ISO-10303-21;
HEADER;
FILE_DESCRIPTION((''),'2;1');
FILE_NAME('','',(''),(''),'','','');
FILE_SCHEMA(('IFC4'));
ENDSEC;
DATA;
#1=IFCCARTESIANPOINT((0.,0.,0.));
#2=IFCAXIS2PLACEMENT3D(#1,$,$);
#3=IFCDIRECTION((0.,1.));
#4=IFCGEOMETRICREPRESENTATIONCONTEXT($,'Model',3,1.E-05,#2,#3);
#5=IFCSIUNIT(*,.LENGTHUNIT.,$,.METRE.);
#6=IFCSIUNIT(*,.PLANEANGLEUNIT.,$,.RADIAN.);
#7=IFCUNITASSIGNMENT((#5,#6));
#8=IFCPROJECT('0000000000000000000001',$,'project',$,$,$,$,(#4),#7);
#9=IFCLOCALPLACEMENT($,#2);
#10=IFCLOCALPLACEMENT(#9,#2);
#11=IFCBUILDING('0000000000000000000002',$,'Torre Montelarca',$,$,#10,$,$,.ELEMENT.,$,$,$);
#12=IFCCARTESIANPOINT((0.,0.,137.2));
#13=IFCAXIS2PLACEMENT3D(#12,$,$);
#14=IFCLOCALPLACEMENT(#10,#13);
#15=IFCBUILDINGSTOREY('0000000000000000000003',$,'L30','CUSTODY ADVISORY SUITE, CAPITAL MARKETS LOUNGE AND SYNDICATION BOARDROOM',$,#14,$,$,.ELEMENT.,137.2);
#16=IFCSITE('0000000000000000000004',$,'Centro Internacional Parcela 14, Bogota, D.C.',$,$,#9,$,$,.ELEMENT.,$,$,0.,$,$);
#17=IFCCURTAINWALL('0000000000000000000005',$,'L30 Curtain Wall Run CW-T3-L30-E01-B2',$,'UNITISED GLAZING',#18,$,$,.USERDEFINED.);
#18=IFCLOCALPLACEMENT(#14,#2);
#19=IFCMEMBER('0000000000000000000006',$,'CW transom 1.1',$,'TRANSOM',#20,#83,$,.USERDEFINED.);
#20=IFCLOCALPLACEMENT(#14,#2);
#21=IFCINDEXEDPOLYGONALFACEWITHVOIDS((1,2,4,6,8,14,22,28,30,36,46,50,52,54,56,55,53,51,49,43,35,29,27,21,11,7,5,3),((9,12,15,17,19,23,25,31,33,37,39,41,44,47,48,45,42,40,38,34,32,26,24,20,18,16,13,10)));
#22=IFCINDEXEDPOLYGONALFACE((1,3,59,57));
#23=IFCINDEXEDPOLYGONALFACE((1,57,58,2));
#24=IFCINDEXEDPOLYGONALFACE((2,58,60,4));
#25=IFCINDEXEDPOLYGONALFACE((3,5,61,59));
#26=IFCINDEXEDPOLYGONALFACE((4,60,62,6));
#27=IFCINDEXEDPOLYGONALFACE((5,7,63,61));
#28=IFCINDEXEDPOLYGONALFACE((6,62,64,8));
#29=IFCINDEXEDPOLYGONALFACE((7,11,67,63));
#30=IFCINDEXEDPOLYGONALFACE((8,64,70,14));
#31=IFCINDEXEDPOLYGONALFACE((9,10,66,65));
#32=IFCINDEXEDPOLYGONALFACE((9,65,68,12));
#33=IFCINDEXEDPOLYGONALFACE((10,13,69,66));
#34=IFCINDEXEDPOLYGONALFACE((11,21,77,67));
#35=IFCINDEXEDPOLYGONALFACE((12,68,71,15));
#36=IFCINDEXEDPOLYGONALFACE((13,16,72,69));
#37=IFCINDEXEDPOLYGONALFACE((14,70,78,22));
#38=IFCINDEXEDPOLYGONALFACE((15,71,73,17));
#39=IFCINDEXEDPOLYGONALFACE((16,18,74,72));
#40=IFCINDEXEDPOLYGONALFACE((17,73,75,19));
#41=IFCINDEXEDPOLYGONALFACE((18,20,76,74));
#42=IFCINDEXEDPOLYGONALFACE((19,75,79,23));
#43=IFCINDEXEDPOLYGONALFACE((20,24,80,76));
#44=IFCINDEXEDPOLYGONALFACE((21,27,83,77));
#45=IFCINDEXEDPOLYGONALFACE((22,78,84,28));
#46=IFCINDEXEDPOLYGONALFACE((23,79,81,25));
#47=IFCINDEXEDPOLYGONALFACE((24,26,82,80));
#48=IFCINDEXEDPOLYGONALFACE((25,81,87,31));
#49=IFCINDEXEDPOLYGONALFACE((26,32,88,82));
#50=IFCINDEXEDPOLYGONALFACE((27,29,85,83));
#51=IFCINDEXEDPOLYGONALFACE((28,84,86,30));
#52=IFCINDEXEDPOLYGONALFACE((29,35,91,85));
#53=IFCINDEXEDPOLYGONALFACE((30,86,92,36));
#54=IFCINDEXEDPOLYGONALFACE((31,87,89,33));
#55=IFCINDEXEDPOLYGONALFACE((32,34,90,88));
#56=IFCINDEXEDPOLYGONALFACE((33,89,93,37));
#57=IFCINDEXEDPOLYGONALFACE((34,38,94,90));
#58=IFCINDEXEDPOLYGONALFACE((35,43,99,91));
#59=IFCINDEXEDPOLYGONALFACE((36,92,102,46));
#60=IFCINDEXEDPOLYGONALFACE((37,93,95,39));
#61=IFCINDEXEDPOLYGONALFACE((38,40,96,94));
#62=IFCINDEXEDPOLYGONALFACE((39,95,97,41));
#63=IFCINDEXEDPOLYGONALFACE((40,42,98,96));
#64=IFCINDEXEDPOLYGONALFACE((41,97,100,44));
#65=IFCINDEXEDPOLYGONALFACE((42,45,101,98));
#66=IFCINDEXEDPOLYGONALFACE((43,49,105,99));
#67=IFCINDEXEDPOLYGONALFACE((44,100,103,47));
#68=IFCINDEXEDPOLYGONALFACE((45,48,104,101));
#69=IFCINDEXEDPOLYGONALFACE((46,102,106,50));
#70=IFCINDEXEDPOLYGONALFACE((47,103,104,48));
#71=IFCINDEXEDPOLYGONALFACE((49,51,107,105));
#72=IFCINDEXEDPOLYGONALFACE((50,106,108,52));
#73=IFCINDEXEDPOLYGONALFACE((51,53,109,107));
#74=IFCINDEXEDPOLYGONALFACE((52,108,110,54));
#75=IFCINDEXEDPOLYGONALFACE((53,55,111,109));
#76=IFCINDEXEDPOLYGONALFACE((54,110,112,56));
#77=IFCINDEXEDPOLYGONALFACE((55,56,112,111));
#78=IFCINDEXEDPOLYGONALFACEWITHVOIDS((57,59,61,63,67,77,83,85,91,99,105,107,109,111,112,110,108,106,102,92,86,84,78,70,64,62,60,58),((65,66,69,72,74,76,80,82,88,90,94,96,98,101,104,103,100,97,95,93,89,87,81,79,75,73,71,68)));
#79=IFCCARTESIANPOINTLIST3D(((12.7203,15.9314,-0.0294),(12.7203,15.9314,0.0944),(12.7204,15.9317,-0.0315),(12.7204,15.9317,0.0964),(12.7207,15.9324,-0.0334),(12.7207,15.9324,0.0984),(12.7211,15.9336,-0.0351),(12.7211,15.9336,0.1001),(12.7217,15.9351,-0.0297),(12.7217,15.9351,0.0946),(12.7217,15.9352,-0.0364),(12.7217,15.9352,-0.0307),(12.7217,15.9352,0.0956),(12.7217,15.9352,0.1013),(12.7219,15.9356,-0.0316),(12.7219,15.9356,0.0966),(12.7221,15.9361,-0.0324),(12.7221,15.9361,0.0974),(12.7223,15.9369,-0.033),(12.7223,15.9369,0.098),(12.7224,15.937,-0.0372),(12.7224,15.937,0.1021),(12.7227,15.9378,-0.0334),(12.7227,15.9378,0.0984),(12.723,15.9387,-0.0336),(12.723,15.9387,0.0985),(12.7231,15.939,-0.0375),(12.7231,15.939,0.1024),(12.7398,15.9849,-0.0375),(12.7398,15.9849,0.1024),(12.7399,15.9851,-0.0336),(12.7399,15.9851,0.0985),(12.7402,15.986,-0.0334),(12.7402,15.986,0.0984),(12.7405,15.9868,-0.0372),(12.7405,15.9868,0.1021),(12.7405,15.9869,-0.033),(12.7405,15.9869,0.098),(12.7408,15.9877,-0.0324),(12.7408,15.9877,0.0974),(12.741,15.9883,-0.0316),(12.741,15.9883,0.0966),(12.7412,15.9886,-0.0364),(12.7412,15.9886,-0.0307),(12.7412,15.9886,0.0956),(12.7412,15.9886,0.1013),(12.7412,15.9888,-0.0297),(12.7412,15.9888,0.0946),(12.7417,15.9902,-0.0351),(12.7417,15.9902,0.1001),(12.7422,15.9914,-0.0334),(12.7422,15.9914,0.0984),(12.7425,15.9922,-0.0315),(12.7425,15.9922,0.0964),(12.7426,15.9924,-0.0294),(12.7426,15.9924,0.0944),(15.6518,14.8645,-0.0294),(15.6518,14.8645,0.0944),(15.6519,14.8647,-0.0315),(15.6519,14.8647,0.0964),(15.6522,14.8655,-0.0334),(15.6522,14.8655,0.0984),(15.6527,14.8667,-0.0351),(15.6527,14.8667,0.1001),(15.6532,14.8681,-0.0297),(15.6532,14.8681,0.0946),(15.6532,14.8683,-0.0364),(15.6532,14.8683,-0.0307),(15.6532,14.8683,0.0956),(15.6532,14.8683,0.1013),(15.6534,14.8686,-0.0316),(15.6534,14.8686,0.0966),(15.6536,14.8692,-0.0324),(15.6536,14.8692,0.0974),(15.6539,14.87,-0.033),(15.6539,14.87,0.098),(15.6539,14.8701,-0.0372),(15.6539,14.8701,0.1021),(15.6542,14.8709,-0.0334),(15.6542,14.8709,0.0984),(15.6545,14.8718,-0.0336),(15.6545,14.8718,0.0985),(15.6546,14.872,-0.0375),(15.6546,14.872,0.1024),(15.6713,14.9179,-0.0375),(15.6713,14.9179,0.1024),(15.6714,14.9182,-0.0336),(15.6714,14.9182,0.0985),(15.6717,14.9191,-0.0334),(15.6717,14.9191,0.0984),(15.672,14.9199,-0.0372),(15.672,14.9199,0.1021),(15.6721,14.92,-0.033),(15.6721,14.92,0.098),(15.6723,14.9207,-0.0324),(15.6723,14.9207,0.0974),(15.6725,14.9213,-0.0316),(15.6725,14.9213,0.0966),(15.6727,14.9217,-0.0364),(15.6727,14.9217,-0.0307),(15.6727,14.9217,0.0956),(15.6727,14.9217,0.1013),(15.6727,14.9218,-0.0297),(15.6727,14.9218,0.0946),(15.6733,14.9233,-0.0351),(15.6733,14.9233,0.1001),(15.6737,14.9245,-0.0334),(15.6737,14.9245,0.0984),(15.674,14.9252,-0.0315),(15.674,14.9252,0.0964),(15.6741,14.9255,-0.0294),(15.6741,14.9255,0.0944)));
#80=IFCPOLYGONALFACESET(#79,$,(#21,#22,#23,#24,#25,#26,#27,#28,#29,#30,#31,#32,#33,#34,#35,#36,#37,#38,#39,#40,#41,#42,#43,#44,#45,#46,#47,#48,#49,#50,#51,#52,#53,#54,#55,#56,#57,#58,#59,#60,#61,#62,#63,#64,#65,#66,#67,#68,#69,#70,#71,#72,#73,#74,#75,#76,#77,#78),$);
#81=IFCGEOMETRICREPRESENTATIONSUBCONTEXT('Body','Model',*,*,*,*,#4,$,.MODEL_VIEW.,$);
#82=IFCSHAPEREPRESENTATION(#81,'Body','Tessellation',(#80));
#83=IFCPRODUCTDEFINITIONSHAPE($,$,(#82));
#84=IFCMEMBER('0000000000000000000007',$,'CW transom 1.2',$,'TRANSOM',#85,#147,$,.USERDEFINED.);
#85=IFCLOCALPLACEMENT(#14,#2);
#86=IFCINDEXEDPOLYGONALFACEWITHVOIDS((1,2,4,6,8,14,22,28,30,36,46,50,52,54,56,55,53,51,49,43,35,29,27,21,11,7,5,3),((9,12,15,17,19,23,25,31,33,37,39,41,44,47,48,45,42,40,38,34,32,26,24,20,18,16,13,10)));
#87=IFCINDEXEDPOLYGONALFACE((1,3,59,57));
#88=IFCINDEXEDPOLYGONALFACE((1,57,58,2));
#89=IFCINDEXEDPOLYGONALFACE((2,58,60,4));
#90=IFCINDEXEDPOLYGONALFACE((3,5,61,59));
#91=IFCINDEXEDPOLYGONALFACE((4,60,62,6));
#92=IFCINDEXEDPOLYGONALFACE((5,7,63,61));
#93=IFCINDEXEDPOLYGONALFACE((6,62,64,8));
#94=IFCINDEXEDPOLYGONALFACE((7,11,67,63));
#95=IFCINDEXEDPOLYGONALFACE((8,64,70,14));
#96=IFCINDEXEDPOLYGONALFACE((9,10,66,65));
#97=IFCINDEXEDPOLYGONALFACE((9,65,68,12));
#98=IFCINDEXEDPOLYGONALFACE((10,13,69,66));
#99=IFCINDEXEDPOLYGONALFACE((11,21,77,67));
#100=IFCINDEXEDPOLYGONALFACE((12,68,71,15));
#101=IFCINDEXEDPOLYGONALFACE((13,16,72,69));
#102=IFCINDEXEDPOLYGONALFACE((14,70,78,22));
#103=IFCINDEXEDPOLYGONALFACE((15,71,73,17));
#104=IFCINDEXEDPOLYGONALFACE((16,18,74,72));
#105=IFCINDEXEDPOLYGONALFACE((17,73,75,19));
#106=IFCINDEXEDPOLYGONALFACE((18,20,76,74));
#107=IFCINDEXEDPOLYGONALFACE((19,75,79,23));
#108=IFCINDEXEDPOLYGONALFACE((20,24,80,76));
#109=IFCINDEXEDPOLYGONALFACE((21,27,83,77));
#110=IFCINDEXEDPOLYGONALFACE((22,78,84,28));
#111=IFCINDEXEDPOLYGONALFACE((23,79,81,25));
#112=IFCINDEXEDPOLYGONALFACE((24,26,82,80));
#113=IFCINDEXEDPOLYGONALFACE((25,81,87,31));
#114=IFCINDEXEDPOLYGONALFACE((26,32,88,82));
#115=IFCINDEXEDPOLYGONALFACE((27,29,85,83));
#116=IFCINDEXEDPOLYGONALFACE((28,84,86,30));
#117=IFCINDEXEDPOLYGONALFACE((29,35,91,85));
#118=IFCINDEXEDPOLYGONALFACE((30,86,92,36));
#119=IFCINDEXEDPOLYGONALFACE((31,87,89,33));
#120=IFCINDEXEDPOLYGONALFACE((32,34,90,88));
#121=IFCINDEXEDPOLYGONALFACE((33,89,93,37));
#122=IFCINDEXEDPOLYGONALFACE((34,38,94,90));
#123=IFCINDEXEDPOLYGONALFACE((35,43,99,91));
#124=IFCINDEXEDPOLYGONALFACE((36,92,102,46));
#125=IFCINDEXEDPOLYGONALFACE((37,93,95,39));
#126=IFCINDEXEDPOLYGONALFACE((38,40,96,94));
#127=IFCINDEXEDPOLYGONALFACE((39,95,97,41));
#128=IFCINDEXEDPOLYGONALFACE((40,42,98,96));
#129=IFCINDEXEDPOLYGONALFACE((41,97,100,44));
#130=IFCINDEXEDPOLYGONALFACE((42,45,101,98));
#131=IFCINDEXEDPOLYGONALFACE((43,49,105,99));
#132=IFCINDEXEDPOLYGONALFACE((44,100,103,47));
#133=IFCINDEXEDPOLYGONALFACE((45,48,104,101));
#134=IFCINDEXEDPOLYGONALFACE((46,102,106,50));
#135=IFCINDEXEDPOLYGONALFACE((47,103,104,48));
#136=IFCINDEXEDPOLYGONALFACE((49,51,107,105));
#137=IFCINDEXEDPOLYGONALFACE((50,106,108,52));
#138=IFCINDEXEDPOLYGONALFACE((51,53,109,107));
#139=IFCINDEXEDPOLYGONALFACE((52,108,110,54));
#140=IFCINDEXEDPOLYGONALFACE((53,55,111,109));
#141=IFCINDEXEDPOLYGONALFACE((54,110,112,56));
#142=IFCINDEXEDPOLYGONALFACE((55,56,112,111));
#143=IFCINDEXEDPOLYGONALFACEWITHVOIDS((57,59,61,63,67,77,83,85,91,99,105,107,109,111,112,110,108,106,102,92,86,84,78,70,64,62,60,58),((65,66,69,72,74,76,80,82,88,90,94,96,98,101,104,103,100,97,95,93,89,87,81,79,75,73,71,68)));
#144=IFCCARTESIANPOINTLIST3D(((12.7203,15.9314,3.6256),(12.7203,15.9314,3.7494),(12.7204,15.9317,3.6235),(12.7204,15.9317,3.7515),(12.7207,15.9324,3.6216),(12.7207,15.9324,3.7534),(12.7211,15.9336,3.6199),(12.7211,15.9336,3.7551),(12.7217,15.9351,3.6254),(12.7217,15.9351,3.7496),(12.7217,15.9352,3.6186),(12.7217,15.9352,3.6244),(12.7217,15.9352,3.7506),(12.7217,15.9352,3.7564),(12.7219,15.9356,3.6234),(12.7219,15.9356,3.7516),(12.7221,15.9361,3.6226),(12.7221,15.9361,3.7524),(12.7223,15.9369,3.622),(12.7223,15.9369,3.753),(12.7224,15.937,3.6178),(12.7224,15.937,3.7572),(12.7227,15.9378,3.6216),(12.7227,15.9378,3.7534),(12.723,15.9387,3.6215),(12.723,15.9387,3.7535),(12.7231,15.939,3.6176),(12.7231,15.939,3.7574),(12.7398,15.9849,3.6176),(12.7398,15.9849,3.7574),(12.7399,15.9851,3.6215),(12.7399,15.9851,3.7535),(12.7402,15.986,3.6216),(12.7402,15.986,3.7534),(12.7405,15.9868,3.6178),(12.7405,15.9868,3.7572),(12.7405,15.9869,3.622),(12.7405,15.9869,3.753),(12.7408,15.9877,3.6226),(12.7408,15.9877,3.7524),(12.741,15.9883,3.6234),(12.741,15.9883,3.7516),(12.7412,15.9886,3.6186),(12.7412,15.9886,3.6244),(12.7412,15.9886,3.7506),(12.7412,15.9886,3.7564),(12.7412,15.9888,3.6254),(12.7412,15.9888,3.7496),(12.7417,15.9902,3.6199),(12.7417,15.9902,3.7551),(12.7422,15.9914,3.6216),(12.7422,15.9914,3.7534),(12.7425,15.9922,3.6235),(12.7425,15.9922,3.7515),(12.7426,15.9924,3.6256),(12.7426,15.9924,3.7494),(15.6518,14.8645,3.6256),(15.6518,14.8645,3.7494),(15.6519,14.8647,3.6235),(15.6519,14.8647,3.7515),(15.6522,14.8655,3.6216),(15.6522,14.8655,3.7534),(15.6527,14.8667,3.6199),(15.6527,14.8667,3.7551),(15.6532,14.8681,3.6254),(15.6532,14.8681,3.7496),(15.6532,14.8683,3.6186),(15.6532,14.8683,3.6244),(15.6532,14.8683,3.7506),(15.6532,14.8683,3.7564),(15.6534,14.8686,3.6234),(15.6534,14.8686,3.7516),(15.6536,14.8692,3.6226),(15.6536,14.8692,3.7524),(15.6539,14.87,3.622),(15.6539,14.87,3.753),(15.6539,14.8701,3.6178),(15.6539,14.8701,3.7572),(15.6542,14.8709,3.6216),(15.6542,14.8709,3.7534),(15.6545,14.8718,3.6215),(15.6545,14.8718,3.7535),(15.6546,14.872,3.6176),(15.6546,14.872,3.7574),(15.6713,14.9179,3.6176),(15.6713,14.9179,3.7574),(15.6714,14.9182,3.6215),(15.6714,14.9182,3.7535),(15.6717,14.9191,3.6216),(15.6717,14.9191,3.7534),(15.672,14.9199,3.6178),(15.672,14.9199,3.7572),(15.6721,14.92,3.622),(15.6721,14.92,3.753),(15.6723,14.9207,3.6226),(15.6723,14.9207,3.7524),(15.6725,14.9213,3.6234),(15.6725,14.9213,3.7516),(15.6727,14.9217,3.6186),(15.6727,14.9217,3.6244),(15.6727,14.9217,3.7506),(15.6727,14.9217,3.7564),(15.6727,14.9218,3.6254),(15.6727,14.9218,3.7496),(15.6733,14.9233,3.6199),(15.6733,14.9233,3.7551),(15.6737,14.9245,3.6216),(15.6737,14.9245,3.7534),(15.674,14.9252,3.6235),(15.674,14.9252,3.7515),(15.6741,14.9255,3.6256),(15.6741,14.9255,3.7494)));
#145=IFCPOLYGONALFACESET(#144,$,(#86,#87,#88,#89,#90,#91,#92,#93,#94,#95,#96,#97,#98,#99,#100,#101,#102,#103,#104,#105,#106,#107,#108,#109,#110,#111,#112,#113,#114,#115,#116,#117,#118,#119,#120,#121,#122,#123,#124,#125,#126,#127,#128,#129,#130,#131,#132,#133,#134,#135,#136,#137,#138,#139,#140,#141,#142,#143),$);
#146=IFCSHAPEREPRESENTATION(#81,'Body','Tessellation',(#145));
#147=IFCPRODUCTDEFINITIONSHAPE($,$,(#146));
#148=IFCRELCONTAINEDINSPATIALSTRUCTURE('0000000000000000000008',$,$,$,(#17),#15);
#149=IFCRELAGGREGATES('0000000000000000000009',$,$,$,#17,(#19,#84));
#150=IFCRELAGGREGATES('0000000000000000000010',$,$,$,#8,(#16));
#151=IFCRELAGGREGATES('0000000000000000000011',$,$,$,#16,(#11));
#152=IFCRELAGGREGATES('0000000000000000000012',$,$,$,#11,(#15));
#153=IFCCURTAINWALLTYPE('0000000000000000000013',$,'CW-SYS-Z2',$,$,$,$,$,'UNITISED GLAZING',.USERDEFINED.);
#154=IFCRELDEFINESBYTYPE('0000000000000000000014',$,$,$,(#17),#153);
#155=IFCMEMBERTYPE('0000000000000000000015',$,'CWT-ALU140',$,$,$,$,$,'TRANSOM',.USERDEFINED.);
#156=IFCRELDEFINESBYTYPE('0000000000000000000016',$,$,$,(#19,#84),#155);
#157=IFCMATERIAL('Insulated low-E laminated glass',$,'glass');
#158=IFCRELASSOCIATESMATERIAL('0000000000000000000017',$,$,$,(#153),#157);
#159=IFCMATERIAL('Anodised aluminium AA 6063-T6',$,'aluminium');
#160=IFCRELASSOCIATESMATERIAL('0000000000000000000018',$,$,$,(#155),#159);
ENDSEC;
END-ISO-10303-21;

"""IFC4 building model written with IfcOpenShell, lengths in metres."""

from ifc_helpers import new_model, si_unit, direction, frame, origin, origin_2d, place, context, subcontext, project, spatial, hollow_rectangle, extrude, source, transform, mapped, material, material_profile, profile_set, type_object, element, aggregate, save


model = new_model("IFC4")

# Units and contexts
model_context = context("Model", 3, precision=1e-05, world=origin(), true_north=direction((0.0, 1.0)))
body_context = subcontext(model_context, "Body", "Model", "MODEL_VIEW")
ifc_project = project(units=[si_unit("LENGTHUNIT", "METRE"), si_unit("PLANEANGLEUNIT", "RADIAN")], contexts=[model_context])

# Site, building, storey
site_placement = place(None, origin())
site = spatial("IfcSite", under=ifc_project, at=site_placement, Name="Centro Internacional Parcela 14, Bogota, D.C.", CompositionType="ELEMENT", RefElevation=0.0)
building_placement = place(site_placement, origin())
building = spatial("IfcBuilding", under=site, at=building_placement, Name="Torre Montelarca", CompositionType="ELEMENT")
storey_placement = place(building_placement, frame((0.0, 0.0, 137.2)))
storey = spatial("IfcBuildingStorey", under=building, at=storey_placement, Name="L30", Description="CUSTODY ADVISORY SUITE, CAPITAL MARKETS LOUNGE AND SYNDICATION BOARDROOM", CompositionType="ELEMENT", Elevation=137.2)

# Curtain wall
ifc_material_1 = material(Name="Insulated low-E laminated glass", Category="glass")
curtain_wall_type = type_object("IfcCurtainWallType", Name="CW-SYS-Z2", ElementType="UNITISED GLAZING", PredefinedType="USERDEFINED", material=ifc_material_1)
ifc_material_2 = material(Name="Anodised aluminium AA 6063-T6", Category="aluminium")
curtain_wall_1_placement = place(storey_placement, origin())
curtain_wall_1 = element("IfcCurtainWall", 1, at=curtain_wall_1_placement, inside=storey, type_object=curtain_wall_type, Name="L30 Curtain Wall Run CW-T3-L30-E01-B2", ObjectType="UNITISED GLAZING", PredefinedType="USERDEFINED")

# Members
ifc_material_profile_1 = material_profile(ifc_material_2, hollow_rectangle(XDim=0.0649, YDim=0.1399, WallThickness=0.0039, InnerFilletRadius=0.0039, OuterFilletRadius=0.0081, at=origin_2d()), Name="ALU65X140X4", Category="aluminium")
ifc_profile_set_1 = profile_set([ifc_material_profile_1], Name="Anodised aluminium AA 6063-T6")
member_type_1 = type_object("IfcMemberType", Name="CWT-ALU140", ElementType="TRANSOM", PredefinedType="USERDEFINED", material=ifc_profile_set_1)
shared_shape_1 = source(origin(), body_context, "Body", "SweptSolid", [
    extrude(hollow_rectangle(XDim=0.0649, YDim=0.1399, WallThickness=0.0039, InnerFilletRadius=0.0039, OuterFilletRadius=0.0081, at=origin_2d()), origin(), (0.0, 0.0, 1.0), 3.1196),
])
member_1_placement = place(storey_placement, frame((12.7314, 15.9619, 0.0325), z_axis=(0.939697, -0.342007, 0.0), x_axis=(0.342007, 0.939697, 0.0)))
member_1 = element("IfcMember", 2, at=member_1_placement, type_object=member_type_1, Name="CW transom 1.1", ObjectType="TRANSOM", PredefinedType="USERDEFINED", context=body_context, shape_type="MappedRepresentation", body=[
    mapped(shared_shape_1, transform((0.0, 0.0, 0.0), scale=1.0)),
])
member_2_placement = place(storey_placement, frame((12.7314, 15.9619, 3.6875), z_axis=(0.939697, -0.342007, 0.0), x_axis=(0.342007, 0.939697, 0.0)))
member_2 = element("IfcMember", 3, at=member_2_placement, type_object=member_type_1, Name="CW transom 1.2", ObjectType="TRANSOM", PredefinedType="USERDEFINED", context=body_context, shape_type="MappedRepresentation", body=[
    mapped(shared_shape_1, transform((0.0, 0.0, 0.0), scale=1.0)),
])

aggregate(curtain_wall_1, [member_1, member_2])

save(model, "model.ifc")
